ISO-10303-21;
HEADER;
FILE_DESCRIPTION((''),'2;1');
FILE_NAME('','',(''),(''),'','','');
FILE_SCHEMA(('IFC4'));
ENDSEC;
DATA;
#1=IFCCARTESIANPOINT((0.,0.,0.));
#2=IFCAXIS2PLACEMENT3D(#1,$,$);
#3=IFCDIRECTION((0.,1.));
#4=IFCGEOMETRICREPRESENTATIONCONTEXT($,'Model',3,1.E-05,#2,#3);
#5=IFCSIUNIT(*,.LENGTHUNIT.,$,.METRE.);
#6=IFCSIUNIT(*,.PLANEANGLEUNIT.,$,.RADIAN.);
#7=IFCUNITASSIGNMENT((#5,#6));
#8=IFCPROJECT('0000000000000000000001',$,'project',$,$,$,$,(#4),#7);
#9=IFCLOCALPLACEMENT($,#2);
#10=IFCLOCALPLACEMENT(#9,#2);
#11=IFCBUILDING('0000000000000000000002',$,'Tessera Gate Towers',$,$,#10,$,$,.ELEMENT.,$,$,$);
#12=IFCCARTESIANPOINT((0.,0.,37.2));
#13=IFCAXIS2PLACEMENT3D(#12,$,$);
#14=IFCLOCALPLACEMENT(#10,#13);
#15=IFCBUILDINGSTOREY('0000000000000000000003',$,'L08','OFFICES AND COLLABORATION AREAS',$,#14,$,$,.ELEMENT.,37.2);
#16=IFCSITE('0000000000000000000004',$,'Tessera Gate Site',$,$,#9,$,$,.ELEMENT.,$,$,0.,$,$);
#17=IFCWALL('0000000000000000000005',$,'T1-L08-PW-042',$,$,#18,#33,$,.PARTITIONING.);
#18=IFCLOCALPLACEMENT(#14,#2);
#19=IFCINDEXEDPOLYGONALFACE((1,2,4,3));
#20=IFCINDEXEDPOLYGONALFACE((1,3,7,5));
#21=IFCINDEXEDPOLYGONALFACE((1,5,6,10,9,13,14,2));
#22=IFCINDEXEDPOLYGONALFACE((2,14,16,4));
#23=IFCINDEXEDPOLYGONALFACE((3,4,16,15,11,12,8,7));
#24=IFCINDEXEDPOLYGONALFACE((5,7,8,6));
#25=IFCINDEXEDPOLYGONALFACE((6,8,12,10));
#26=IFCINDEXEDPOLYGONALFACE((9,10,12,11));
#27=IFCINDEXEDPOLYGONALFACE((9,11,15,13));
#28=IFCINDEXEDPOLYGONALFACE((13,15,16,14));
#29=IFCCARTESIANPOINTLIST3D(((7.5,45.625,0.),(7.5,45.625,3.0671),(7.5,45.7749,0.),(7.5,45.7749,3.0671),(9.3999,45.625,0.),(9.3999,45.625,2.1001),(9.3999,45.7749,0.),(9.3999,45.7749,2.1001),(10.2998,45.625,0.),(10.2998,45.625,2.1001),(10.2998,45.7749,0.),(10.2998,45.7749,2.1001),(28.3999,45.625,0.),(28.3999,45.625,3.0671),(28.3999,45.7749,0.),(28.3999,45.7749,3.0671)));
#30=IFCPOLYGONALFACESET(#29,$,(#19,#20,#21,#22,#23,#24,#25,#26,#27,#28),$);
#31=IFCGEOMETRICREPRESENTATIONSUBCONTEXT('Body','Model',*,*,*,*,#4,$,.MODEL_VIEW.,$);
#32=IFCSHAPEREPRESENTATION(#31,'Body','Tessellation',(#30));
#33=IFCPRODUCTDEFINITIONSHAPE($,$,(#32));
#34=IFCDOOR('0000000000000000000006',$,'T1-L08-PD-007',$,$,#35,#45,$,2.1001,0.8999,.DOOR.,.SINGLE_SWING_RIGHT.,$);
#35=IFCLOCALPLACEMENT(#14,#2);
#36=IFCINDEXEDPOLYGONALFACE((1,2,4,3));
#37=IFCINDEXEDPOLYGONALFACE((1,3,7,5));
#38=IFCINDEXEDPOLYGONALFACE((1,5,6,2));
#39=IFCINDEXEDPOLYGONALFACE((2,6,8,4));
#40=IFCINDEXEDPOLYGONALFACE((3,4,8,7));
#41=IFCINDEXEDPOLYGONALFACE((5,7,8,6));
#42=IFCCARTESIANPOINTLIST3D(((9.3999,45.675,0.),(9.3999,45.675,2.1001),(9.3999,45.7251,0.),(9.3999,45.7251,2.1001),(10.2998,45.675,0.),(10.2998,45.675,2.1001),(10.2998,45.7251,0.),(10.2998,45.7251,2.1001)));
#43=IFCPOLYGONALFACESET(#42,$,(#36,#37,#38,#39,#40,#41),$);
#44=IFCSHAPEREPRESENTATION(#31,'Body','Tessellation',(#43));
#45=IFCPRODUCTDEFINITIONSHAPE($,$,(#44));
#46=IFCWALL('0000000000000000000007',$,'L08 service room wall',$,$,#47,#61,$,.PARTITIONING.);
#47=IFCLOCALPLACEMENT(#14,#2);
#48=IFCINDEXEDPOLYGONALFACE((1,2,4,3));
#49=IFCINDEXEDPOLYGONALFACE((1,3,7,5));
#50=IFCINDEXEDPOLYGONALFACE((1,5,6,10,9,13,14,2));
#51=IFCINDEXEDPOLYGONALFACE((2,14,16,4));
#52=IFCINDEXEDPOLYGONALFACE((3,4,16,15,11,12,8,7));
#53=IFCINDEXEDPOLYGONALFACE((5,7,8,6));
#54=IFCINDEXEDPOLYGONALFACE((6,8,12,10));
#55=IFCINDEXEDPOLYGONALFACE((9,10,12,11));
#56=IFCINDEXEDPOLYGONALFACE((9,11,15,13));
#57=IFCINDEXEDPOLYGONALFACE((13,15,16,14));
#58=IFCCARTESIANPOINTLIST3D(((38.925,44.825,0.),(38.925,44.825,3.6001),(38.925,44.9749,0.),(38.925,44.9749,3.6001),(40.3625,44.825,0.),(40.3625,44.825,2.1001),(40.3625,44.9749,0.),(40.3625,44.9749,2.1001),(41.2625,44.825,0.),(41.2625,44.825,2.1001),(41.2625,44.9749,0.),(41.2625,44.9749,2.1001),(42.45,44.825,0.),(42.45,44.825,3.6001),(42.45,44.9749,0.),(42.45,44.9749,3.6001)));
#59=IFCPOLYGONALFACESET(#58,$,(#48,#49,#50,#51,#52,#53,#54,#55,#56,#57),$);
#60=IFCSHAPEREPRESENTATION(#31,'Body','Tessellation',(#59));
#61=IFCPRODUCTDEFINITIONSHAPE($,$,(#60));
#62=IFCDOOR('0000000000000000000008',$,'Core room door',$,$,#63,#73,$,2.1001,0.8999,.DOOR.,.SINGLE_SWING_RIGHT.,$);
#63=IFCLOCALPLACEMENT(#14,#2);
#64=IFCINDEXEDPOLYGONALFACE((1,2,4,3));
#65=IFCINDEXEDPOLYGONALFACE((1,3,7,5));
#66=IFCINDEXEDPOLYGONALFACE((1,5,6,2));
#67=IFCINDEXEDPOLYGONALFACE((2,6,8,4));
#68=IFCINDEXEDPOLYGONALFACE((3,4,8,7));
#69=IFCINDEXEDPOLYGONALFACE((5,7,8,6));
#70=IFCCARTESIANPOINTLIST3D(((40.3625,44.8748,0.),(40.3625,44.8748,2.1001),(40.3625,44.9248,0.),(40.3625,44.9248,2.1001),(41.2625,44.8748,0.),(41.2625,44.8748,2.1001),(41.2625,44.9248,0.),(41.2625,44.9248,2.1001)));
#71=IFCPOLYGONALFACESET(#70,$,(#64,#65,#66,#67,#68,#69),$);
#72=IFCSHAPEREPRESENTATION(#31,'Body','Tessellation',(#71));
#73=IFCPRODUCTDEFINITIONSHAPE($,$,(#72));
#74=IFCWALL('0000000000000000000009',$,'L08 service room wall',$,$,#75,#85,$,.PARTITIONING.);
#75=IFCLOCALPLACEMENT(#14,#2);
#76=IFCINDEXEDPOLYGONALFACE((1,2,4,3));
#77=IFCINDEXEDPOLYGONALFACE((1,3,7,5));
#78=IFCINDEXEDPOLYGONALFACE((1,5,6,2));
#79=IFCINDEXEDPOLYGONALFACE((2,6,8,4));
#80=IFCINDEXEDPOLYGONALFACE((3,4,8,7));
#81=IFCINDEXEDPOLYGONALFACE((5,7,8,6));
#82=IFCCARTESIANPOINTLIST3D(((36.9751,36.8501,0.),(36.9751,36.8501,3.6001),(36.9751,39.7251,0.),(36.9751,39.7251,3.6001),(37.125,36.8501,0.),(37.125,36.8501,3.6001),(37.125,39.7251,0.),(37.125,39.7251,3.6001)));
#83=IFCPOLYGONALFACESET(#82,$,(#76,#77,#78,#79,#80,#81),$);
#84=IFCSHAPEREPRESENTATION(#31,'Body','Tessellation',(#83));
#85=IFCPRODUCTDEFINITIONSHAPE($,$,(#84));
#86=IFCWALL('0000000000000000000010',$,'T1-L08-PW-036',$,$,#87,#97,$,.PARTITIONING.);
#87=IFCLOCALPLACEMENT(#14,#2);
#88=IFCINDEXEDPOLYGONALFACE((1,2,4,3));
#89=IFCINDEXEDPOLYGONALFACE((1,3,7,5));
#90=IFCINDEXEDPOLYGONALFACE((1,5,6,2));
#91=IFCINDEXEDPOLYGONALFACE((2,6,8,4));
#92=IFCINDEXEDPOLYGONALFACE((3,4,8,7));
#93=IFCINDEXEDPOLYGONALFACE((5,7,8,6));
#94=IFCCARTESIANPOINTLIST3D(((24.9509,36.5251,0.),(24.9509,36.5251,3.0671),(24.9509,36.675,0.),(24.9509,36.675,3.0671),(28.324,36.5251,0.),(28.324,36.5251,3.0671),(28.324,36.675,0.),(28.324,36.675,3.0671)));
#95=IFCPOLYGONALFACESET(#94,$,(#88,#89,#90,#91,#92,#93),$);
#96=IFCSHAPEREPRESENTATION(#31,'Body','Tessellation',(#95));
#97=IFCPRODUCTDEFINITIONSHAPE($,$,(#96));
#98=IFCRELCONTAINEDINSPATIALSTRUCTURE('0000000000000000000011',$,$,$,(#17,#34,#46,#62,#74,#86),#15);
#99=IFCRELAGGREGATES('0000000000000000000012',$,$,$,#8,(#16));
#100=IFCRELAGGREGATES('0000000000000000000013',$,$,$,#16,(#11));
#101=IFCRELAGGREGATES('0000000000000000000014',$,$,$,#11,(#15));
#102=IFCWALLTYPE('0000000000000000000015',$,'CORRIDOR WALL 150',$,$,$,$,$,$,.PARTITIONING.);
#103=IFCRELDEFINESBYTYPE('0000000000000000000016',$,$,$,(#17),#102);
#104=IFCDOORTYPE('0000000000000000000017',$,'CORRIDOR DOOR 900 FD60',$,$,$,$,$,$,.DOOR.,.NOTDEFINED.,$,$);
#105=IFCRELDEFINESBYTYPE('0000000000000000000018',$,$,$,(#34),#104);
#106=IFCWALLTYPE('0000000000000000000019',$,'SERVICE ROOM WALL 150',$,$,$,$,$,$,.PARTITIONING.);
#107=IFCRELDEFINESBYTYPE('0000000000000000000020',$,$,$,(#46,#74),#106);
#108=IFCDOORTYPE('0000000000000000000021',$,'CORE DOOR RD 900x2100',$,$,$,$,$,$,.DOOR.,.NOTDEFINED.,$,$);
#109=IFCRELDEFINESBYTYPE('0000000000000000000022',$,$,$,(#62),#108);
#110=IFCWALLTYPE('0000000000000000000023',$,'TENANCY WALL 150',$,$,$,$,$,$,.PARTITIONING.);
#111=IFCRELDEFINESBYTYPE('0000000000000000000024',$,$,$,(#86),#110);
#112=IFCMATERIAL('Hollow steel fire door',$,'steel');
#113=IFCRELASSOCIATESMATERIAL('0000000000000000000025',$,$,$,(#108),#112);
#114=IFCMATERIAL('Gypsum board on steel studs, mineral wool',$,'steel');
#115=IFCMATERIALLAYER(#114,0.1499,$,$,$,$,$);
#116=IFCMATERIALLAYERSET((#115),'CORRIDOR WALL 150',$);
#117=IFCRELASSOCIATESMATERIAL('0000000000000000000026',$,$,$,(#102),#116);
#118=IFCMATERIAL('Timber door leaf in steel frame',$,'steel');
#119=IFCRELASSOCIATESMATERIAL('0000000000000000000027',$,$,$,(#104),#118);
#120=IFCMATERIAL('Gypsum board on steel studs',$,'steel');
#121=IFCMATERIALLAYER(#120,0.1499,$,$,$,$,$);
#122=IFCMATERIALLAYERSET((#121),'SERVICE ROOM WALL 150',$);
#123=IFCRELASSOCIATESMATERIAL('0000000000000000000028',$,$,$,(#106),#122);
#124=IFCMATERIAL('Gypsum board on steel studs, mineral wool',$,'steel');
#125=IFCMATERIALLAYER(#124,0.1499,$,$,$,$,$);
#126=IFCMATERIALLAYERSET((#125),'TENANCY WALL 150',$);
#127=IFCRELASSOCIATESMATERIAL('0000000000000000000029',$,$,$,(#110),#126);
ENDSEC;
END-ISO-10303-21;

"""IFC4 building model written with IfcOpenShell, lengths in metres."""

from ifc_helpers import new_model, si_unit, direction, frame, frame_2d, origin, place, context, subcontext, project, spatial, rectangle, extrude, source, transform, mapped, material, layer, layer_set, type_object, element, fill, save


model = new_model("IFC4")

# Units and contexts
model_context = context("Model", 3, precision=1e-05, world=origin(), true_north=direction((0.0, 1.0)))
body_context = subcontext(model_context, "Body", "Model", "MODEL_VIEW")
ifc_project = project(units=[si_unit("LENGTHUNIT", "METRE"), si_unit("PLANEANGLEUNIT", "RADIAN")], contexts=[model_context])

# Site, building, storey
site_placement = place(None, origin())
site = spatial("IfcSite", under=ifc_project, at=site_placement, Name="Tessera Gate Site", CompositionType="ELEMENT", RefElevation=0.0)
building_placement = place(site_placement, origin())
building = spatial("IfcBuilding", under=site, at=building_placement, Name="Tessera Gate Towers", CompositionType="ELEMENT")
storey_placement = place(building_placement, frame((0.0, 0.0, 37.2)))
storey = spatial("IfcBuildingStorey", under=building, at=storey_placement, Name="L08", Description="OFFICES AND COLLABORATION AREAS", CompositionType="ELEMENT", Elevation=37.2)

# Shared definitions
ifc_material_1 = material(Name="Hollow steel fire door", Category="steel")
door_type_1 = type_object("IfcDoorType", Name="CORE DOOR RD 900x2100", OperationType="NOTDEFINED", PredefinedType="DOOR", material=ifc_material_1)
shared_shape_1 = source(origin(), body_context, "Body", "SweptSolid", [
    extrude(rectangle(XDim=0.8999, YDim=2.1001, at=frame_2d((0.45, 1.05))), frame((0.0, 0.0249, 0.0), z_axis=(0.0, -1.0, 0.0), x_axis=(1.0, 0.0, 0.0)), (0.0, 0.0, 1.0), 0.05),
])

# Walls, openings, doors
ifc_material_2 = material(Name="Gypsum board on steel studs, mineral wool", Category="steel")
ifc_layer_1 = layer(ifc_material_2, 0.1499)
ifc_layer_set_1 = layer_set([ifc_layer_1], Name="CORRIDOR WALL 150")
wall_type_1 = type_object("IfcWallType", Name="CORRIDOR WALL 150", PredefinedType="PARTITIONING", material=ifc_layer_set_1)
wall_1_placement = place(storey_placement, frame((28.3999, 45.7, 0.0), z_axis=(0.0, 0.0, 1.0), x_axis=(-1.0, 0.0, 0.0)))
wall_1 = element("IfcWall", 1, at=wall_1_placement, inside=storey, type_object=wall_type_1, Name="T1-L08-PW-042", PredefinedType="PARTITIONING", context=body_context, shape_type="SweptSolid", body=[
    extrude(rectangle(XDim=20.8999, YDim=0.1499, at=frame_2d((10.45, 0.0))), origin(), (0.0, 0.0, 1.0), 3.0671),
])
shared_shape_2 = source(origin(), body_context, "Body", "SweptSolid", [
    extrude(rectangle(XDim=0.8999, YDim=2.1001, at=frame_2d((0.45, 1.05))), frame((0.0, 0.085, 0.0), z_axis=(0.0, -1.0, 0.0), x_axis=(1.0, 0.0, 0.0)), (0.0, 0.0, 1.0), 0.1699),
])
opening_1_placement = place(wall_1_placement, frame((18.1001, 0.0, 0.0)))
opening_1 = element("IfcOpeningElement", 2, at=opening_1_placement, cuts=wall_1, PredefinedType="OPENING", context=body_context, shape_type="MappedRepresentation", body=[
    mapped(shared_shape_2, transform((0.0, 0.0, 0.0), scale=1.0)),
])
ifc_material_3 = material(Name="Timber door leaf in steel frame", Category="steel")
door_type_2 = type_object("IfcDoorType", Name="CORRIDOR DOOR 900 FD60", OperationType="NOTDEFINED", PredefinedType="DOOR", material=ifc_material_3)
door_1_placement = place(opening_1_placement, origin())
door_1 = element("IfcDoor", 3, at=door_1_placement, inside=storey, type_object=door_type_2, Name="T1-L08-PD-007", OperationType="SINGLE_SWING_RIGHT", OverallHeight=2.1001, OverallWidth=0.8999, PredefinedType="DOOR", context=body_context, shape_type="MappedRepresentation", body=[
    mapped(shared_shape_1, transform((0.0, 0.0, 0.0), scale=1.0)),
])
fill(opening_1, door_1)
ifc_material_4 = material(Name="Gypsum board on steel studs", Category="steel")
ifc_layer_2 = layer(ifc_material_4, 0.1499)
ifc_layer_set_2 = layer_set([ifc_layer_2], Name="SERVICE ROOM WALL 150")
wall_type_2 = type_object("IfcWallType", Name="SERVICE ROOM WALL 150", PredefinedType="PARTITIONING", material=ifc_layer_set_2)
wall_2_placement = place(storey_placement, frame((38.925, 44.8999, 0.0), z_axis=(0.0, 0.0, 1.0), x_axis=(1.0, 0.0, 0.0)))
wall_2 = element("IfcWall", 4, at=wall_2_placement, inside=storey, type_object=wall_type_2, Name="L08 service room wall", PredefinedType="PARTITIONING", context=body_context, shape_type="SweptSolid", body=[
    extrude(rectangle(XDim=3.5249, YDim=0.1499, at=frame_2d((1.7625, 0.0))), origin(), (0.0, 0.0, 1.0), 3.6001),
])
opening_2_placement = place(wall_2_placement, frame((1.4375, 0.0, 0.0)))
opening_2 = element("IfcOpeningElement", 5, at=opening_2_placement, cuts=wall_2, PredefinedType="OPENING", context=body_context, shape_type="MappedRepresentation", body=[
    mapped(shared_shape_2, transform((0.0, 0.0, 0.0), scale=1.0)),
])
door_2_placement = place(opening_2_placement, origin())
door_2 = element("IfcDoor", 6, at=door_2_placement, inside=storey, type_object=door_type_1, Name="Core room door", OperationType="SINGLE_SWING_RIGHT", OverallHeight=2.1001, OverallWidth=0.8999, PredefinedType="DOOR", context=body_context, shape_type="MappedRepresentation", body=[
    mapped(shared_shape_1, transform((0.0, 0.0, 0.0), scale=1.0)),
])
fill(opening_2, door_2)

# Walls
wall_3_placement = place(storey_placement, frame((37.05, 36.8501, 0.0), z_axis=(0.0, 0.0, 1.0), x_axis=(0.0, 1.0, 0.0)))
element("IfcWall", 7, at=wall_3_placement, inside=storey, type_object=wall_type_2, Name="L08 service room wall", PredefinedType="PARTITIONING", context=body_context, shape_type="SweptSolid", body=[
    extrude(rectangle(XDim=2.875, YDim=0.1499, at=frame_2d((1.4375, 0.0))), origin(), (0.0, 0.0, 1.0), 3.6001),
])
ifc_material_5 = material(Name="Gypsum board on steel studs, mineral wool", Category="steel")
ifc_layer_3 = layer(ifc_material_5, 0.1499)
ifc_layer_set_3 = layer_set([ifc_layer_3], Name="TENANCY WALL 150")
wall_type_3 = type_object("IfcWallType", Name="TENANCY WALL 150", PredefinedType="PARTITIONING", material=ifc_layer_set_3)
wall_4_placement = place(storey_placement, frame((24.9509, 36.6001, 0.0), z_axis=(0.0, 0.0, 1.0), x_axis=(1.0, 0.0, 0.0)))
element("IfcWall", 8, at=wall_4_placement, inside=storey, type_object=wall_type_3, Name="T1-L08-PW-036", PredefinedType="PARTITIONING", context=body_context, shape_type="SweptSolid", body=[
    extrude(rectangle(XDim=3.373, YDim=0.1499, at=frame_2d((1.6865, 0.0))), origin(), (0.0, 0.0, 1.0), 3.0671),
])

save(model, "model.ifc")
